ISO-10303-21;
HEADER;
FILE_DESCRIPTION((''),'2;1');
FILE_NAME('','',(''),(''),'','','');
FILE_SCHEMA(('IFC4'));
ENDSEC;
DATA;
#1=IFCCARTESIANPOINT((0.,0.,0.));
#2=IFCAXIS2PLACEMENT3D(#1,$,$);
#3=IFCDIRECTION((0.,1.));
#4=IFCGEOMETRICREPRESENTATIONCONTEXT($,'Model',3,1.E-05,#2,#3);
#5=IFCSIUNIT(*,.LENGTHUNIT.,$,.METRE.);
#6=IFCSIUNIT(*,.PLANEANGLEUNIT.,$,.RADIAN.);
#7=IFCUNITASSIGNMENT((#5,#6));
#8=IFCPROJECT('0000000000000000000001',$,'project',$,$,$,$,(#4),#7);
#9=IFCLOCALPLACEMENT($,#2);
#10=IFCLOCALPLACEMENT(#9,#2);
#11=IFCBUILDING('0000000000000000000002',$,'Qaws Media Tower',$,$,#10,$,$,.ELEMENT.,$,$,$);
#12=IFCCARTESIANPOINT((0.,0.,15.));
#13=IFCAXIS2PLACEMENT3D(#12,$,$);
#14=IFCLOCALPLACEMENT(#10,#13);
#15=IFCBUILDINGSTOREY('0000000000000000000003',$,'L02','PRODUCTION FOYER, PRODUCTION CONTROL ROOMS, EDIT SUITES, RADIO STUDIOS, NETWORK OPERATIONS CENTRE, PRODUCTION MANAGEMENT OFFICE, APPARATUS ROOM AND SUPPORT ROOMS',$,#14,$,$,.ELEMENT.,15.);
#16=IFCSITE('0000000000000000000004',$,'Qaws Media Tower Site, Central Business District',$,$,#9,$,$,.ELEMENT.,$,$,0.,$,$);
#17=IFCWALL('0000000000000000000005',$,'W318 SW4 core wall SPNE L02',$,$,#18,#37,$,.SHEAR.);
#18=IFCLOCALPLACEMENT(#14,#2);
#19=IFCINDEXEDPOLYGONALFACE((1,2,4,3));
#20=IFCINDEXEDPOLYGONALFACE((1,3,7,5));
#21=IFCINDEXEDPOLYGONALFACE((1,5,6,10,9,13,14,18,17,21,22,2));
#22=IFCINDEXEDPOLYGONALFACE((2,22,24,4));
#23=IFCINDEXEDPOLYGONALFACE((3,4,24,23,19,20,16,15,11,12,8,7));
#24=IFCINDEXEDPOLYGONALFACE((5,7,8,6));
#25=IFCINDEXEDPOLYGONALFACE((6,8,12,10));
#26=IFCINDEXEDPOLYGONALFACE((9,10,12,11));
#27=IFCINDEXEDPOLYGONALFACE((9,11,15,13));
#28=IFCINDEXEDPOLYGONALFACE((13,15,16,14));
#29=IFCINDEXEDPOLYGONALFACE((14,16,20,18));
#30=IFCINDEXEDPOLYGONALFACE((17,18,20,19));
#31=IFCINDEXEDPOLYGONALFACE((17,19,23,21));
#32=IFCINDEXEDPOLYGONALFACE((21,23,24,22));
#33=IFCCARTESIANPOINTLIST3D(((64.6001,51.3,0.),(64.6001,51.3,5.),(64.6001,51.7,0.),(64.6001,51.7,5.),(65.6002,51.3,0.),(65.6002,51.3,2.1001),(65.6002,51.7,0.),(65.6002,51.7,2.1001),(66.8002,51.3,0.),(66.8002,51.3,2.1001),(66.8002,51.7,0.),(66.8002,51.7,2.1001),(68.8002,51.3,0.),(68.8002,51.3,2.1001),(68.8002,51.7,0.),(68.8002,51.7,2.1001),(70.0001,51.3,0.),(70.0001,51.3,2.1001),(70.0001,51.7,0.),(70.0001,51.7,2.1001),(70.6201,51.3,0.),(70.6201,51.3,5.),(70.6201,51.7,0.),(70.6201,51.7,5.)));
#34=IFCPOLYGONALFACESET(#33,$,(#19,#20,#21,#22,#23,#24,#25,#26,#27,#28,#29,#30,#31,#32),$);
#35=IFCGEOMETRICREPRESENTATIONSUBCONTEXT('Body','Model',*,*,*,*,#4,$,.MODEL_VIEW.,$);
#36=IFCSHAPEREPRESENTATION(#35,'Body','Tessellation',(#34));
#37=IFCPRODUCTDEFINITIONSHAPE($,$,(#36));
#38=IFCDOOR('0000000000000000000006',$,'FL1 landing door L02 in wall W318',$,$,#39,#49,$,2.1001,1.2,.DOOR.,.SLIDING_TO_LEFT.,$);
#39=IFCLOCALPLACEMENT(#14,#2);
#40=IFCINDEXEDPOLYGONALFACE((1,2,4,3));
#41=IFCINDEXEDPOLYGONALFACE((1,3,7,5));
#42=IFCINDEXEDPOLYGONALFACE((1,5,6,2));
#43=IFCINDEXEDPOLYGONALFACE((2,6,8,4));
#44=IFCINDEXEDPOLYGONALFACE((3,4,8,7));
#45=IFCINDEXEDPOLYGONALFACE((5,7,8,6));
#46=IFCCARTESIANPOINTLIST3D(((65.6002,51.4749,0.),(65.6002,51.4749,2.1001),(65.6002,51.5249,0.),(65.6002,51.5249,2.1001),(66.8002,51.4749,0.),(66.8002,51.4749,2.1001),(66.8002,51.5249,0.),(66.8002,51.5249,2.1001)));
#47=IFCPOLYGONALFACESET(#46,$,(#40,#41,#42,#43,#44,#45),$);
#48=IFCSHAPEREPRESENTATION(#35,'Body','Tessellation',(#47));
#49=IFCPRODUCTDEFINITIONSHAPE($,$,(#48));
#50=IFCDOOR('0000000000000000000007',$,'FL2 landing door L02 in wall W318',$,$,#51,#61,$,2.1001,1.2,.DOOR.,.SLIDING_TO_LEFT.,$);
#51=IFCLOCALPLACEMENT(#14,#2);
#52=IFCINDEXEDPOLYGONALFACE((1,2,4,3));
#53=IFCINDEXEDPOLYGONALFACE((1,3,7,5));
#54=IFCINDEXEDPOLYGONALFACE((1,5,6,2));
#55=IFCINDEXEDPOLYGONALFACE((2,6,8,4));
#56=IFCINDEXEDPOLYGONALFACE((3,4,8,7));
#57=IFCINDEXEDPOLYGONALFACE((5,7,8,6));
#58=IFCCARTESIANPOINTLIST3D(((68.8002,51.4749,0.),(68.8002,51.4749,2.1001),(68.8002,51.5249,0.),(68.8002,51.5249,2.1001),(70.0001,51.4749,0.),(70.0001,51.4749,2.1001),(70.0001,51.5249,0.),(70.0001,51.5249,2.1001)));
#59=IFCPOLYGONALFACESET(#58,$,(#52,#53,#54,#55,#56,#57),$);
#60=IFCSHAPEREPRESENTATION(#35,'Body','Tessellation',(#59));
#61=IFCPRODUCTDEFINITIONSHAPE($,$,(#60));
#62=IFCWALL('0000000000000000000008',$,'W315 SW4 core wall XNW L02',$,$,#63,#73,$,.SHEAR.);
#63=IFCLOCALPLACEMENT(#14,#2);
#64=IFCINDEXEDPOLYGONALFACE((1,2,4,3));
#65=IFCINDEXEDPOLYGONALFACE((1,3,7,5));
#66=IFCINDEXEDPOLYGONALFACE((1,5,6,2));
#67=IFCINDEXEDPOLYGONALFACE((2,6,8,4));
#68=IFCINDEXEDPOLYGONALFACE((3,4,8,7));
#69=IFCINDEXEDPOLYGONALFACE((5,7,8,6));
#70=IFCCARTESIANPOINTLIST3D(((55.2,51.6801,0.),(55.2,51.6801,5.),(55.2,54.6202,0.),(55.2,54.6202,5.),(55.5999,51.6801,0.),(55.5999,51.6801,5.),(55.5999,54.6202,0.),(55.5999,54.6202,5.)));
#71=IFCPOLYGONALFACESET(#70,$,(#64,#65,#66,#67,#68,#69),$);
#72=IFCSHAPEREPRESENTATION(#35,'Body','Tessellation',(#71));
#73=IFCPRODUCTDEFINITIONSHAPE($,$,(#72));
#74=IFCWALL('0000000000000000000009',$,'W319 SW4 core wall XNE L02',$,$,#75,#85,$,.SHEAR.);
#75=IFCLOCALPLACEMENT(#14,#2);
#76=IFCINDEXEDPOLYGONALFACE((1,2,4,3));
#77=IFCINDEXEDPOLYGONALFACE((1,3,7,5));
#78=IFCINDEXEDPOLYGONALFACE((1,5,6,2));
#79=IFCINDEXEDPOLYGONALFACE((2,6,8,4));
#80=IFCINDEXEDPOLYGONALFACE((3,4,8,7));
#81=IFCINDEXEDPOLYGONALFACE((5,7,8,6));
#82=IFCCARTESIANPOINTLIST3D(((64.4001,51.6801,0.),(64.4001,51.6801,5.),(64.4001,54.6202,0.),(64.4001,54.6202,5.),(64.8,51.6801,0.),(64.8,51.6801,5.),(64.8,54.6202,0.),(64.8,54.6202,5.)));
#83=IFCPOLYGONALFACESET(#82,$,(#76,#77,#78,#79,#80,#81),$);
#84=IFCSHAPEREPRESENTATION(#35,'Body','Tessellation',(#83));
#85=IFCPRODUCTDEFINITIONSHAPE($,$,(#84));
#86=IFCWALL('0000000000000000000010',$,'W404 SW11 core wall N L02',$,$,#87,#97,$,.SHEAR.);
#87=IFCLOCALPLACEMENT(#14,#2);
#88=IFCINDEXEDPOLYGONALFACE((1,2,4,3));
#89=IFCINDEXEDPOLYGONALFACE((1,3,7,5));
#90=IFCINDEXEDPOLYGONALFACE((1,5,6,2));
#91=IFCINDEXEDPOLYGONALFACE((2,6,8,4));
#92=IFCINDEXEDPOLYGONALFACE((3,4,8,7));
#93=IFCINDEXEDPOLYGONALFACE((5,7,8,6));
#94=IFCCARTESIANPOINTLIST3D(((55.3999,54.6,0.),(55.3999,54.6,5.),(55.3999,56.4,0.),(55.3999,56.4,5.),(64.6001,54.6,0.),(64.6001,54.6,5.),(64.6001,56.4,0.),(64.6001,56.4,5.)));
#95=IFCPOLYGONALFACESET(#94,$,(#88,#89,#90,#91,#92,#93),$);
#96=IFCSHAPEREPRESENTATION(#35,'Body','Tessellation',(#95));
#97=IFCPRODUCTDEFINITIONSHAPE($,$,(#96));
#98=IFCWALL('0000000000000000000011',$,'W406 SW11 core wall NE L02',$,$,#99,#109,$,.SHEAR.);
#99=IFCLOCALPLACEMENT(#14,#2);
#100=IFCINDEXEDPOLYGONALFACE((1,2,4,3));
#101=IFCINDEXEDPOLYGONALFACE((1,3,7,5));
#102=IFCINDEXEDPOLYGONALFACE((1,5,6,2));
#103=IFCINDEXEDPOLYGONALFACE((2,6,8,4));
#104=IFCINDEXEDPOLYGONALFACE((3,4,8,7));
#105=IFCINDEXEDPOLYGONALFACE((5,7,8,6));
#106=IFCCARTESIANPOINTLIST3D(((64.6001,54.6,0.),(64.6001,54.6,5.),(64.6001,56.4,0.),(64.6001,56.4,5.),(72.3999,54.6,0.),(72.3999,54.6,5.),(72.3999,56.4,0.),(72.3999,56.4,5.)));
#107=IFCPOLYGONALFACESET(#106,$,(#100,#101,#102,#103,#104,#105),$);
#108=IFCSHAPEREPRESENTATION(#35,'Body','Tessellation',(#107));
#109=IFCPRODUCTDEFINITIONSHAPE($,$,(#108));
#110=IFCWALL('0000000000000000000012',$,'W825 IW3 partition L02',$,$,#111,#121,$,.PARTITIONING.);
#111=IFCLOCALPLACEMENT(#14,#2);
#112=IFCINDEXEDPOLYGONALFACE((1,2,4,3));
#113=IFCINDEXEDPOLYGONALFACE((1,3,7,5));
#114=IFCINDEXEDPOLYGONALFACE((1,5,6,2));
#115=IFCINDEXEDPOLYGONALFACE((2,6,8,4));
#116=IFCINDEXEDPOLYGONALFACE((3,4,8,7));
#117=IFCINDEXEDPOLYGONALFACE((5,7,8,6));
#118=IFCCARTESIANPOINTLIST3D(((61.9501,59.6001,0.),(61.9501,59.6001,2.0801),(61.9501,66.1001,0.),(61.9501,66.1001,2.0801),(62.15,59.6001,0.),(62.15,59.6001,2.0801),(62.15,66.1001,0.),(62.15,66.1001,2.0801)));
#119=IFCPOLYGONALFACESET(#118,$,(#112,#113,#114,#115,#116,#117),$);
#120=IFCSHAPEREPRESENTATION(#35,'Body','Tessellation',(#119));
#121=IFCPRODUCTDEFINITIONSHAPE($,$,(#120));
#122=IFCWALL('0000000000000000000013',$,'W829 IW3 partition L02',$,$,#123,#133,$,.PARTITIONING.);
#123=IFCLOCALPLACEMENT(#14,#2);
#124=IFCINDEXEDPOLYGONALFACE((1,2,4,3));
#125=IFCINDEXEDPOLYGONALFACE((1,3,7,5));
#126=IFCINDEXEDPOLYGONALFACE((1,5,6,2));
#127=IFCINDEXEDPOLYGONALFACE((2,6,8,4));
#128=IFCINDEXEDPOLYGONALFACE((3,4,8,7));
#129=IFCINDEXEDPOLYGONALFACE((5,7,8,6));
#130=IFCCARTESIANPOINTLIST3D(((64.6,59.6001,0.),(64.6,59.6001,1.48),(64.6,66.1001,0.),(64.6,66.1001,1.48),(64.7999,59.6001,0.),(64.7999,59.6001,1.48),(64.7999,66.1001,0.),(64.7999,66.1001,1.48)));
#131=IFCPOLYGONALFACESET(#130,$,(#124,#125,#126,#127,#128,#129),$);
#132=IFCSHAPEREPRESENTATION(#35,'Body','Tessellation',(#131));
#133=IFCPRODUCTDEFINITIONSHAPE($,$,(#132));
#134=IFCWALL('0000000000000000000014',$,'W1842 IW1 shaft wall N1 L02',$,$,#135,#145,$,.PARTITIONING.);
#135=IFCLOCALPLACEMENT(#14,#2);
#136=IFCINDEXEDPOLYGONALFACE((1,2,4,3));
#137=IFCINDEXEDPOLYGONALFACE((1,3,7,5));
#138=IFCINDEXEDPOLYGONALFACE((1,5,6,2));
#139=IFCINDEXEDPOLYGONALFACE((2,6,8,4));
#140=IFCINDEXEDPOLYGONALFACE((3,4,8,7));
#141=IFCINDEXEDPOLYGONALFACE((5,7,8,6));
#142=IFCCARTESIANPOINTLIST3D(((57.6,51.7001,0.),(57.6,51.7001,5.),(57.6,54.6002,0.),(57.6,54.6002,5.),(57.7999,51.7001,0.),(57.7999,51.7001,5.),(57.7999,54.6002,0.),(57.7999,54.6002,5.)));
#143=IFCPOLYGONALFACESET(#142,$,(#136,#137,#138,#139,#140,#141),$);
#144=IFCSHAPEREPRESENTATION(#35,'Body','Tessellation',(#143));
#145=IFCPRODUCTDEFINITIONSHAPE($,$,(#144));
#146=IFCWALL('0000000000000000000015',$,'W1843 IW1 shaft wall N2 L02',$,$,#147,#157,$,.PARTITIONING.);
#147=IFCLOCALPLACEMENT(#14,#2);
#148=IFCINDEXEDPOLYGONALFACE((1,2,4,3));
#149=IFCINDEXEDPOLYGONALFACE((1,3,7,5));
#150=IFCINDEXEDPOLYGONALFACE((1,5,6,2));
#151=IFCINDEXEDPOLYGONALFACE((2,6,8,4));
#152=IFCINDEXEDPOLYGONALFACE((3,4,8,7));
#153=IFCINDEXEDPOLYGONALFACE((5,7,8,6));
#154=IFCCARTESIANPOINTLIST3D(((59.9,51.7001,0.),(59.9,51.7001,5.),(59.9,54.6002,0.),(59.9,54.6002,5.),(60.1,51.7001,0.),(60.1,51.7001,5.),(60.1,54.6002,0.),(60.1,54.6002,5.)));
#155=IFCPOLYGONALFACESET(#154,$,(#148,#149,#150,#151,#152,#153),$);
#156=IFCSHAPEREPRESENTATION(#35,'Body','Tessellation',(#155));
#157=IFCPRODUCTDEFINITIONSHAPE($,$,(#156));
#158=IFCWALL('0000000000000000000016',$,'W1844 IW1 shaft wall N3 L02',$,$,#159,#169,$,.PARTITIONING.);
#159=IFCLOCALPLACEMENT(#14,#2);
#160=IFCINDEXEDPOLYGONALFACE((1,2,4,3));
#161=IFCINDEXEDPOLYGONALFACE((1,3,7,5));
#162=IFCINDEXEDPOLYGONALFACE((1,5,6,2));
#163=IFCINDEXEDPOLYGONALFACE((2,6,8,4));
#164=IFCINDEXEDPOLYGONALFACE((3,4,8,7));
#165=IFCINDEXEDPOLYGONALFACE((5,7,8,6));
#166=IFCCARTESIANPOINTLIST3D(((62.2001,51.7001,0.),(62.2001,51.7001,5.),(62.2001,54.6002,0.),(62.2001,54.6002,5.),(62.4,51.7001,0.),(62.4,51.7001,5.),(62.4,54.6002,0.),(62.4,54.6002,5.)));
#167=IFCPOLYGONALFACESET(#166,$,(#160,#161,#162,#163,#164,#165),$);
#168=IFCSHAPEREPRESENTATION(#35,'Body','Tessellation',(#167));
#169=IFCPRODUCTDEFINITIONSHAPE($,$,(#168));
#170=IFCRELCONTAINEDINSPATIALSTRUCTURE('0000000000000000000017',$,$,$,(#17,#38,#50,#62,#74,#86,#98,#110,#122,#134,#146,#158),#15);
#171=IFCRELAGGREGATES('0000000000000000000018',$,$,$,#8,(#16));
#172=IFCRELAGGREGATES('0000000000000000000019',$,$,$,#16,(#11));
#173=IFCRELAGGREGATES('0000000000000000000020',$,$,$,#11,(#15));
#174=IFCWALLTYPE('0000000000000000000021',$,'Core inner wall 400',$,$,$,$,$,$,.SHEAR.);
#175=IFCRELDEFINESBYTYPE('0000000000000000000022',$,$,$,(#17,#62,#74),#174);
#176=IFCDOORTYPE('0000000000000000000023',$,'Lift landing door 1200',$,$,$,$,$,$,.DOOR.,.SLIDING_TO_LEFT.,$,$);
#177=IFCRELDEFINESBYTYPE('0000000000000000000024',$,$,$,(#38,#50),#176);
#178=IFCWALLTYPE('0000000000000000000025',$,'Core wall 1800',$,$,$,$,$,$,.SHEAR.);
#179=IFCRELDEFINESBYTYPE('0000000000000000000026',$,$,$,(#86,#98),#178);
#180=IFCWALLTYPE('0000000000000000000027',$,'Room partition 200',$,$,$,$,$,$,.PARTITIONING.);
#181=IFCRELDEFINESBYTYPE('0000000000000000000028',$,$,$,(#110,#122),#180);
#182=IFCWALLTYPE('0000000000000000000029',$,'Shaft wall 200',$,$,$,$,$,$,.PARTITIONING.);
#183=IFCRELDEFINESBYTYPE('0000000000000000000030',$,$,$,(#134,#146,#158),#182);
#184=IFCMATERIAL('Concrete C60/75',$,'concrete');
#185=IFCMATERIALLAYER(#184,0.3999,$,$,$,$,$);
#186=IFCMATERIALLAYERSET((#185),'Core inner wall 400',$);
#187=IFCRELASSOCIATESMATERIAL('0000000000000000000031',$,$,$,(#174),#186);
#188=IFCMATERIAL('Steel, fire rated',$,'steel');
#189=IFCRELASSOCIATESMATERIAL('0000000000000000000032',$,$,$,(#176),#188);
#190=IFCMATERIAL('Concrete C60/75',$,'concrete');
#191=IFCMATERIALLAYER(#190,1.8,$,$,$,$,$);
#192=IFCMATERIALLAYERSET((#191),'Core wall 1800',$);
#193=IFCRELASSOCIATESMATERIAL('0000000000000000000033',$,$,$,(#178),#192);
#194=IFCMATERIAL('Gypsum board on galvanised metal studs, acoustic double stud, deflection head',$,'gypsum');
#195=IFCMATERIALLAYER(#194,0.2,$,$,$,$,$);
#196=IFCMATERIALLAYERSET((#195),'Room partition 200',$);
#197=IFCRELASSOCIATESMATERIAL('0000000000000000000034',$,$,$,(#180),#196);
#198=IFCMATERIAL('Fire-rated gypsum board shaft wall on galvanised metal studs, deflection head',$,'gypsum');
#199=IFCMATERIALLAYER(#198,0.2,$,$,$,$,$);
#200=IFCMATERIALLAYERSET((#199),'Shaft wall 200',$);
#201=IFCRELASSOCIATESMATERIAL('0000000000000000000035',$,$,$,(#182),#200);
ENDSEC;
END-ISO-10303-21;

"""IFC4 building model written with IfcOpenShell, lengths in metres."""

from ifc_helpers import new_model, si_unit, direction, frame, frame_2d, origin, place, context, subcontext, project, spatial, rectangle, extrude, material, layer, layer_set, type_object, element, fill, save


model = new_model("IFC4")

# Units and contexts
model_context = context("Model", 3, precision=1e-05, world=origin(), true_north=direction((0.0, 1.0)))
body_context = subcontext(model_context, "Body", "Model", "MODEL_VIEW")
ifc_project = project(units=[si_unit("LENGTHUNIT", "METRE"), si_unit("PLANEANGLEUNIT", "RADIAN")], contexts=[model_context])

# Site, building, storey
site_placement = place(None, origin())
site = spatial("IfcSite", under=ifc_project, at=site_placement, Name="Qaws Media Tower Site, Central Business District", CompositionType="ELEMENT", RefElevation=0.0)
building_placement = place(site_placement, origin())
building = spatial("IfcBuilding", under=site, at=building_placement, Name="Qaws Media Tower", CompositionType="ELEMENT")
storey_placement = place(building_placement, frame((0.0, 0.0, 15.0)))
storey = spatial("IfcBuildingStorey", under=building, at=storey_placement, Name="L02", Description="PRODUCTION FOYER, PRODUCTION CONTROL ROOMS, EDIT SUITES, RADIO STUDIOS, NETWORK OPERATIONS CENTRE, PRODUCTION MANAGEMENT OFFICE, APPARATUS ROOM AND SUPPORT ROOMS", CompositionType="ELEMENT", Elevation=15.0)

# Wall, openings, doors
ifc_material_1 = material(Name="Concrete C60/75", Category="concrete")
ifc_layer_1 = layer(ifc_material_1, 0.3999)
ifc_layer_set_1 = layer_set([ifc_layer_1], Name="Core inner wall 400")
wall_type_1 = type_object("IfcWallType", Name="Core inner wall 400", PredefinedType="SHEAR", material=ifc_layer_set_1)
wall_1_placement = place(storey_placement, frame((64.6001, 51.5, 0.0), z_axis=(0.0, 0.0, 1.0), x_axis=(1.0, 0.0, 0.0)))
wall_1 = element("IfcWall", 1, at=wall_1_placement, inside=storey, type_object=wall_type_1, Name="W318 SW4 core wall SPNE L02", PredefinedType="SHEAR", context=body_context, shape_type="SweptSolid", body=[
    extrude(rectangle(XDim=6.02, YDim=0.3999, at=frame_2d((3.01, 0.0))), origin(), (0.0, 0.0, 1.0), 5.0),
])
opening_1_placement = place(wall_1_placement, frame((1.0, 0.0, 0.0)))
opening_1 = element("IfcOpeningElement", 2, at=opening_1_placement, cuts=wall_1, PredefinedType="OPENING", context=body_context, shape_type="SweptSolid", body=[
    extrude(rectangle(XDim=1.2, YDim=2.1001, at=frame_2d((0.6001, 1.05))), frame((0.0, 0.21, 0.0), z_axis=(0.0, -1.0, 0.0), x_axis=(1.0, 0.0, 0.0)), (0.0, 0.0, 1.0), 0.4199),
])
opening_2_placement = place(wall_1_placement, frame((4.2, 0.0, 0.0)))
opening_2 = element("IfcOpeningElement", 3, at=opening_2_placement, cuts=wall_1, PredefinedType="OPENING", context=body_context, shape_type="SweptSolid", body=[
    extrude(rectangle(XDim=1.2, YDim=2.1001, at=frame_2d((0.6001, 1.05))), frame((0.0, 0.21, 0.0), z_axis=(0.0, -1.0, 0.0), x_axis=(1.0, 0.0, 0.0)), (0.0, 0.0, 1.0), 0.4199),
])
ifc_material_2 = material(Name="Steel, fire rated", Category="steel")
door_type_1 = type_object("IfcDoorType", Name="Lift landing door 1200", OperationType="SLIDING_TO_LEFT", PredefinedType="DOOR", material=ifc_material_2)
door_1_placement = place(opening_1_placement, origin())
door_1 = element("IfcDoor", 4, at=door_1_placement, inside=storey, type_object=door_type_1, Name="FL1 landing door L02 in wall W318", OperationType="SLIDING_TO_LEFT", OverallHeight=2.1001, OverallWidth=1.2, PredefinedType="DOOR", context=body_context, shape_type="SweptSolid", body=[
    extrude(rectangle(XDim=1.2, YDim=2.1001, at=frame_2d((0.6001, 1.05))), frame((0.0, 0.0249, 0.0), z_axis=(0.0, -1.0, 0.0), x_axis=(1.0, 0.0, 0.0)), (0.0, 0.0, 1.0), 0.05),
])
fill(opening_1, door_1)
door_2_placement = place(opening_2_placement, origin())
door_2 = element("IfcDoor", 5, at=door_2_placement, inside=storey, type_object=door_type_1, Name="FL2 landing door L02 in wall W318", OperationType="SLIDING_TO_LEFT", OverallHeight=2.1001, OverallWidth=1.2, PredefinedType="DOOR", context=body_context, shape_type="SweptSolid", body=[
    extrude(rectangle(XDim=1.2, YDim=2.1001, at=frame_2d((0.6001, 1.05))), frame((0.0, 0.0249, 0.0), z_axis=(0.0, -1.0, 0.0), x_axis=(1.0, 0.0, 0.0)), (0.0, 0.0, 1.0), 0.05),
])
fill(opening_2, door_2)

# Walls
for number, where, z_axis, x_axis, name in (
    (6, (55.3999, 51.6799, 0.0), (0.0, 0.0, 1.0), (0.0, 1.0, 0.0), "W315 SW4 core wall XNW L02"),
    (7, (64.6001, 51.6799, 0.0), (0.0, 0.0, 1.0), (0.0, 1.0, 0.0), "W319 SW4 core wall XNE L02"),
):
    element("IfcWall", number, at=place(storey_placement, frame(where, z_axis=z_axis, x_axis=x_axis)), inside=storey, type_object=wall_type_1, Name=name, PredefinedType="SHEAR", context=body_context, shape_type="SweptSolid", body=[
        extrude(rectangle(XDim=2.9402, YDim=0.3999, at=frame_2d((1.4702, 0.0))), origin(), (0.0, 0.0, 1.0), 5.0),
    ])
ifc_material_3 = material(Name="Concrete C60/75", Category="concrete")
ifc_layer_2 = layer(ifc_material_3, 1.8)
ifc_layer_set_2 = layer_set([ifc_layer_2], Name="Core wall 1800")
wall_type_2 = type_object("IfcWallType", Name="Core wall 1800", PredefinedType="SHEAR", material=ifc_layer_set_2)
wall_2_placement = place(storey_placement, frame((55.3999, 55.5, 0.0), z_axis=(0.0, 0.0, 1.0), x_axis=(1.0, 0.0, 0.0)))
element("IfcWall", 8, at=wall_2_placement, inside=storey, type_object=wall_type_2, Name="W404 SW11 core wall N L02", PredefinedType="SHEAR", context=body_context, shape_type="SweptSolid", body=[
    extrude(rectangle(XDim=9.2002, YDim=1.8, at=frame_2d((4.6001, 0.0))), origin(), (0.0, 0.0, 1.0), 5.0),
])
wall_3_placement = place(storey_placement, frame((64.6001, 55.5, 0.0), z_axis=(0.0, 0.0, 1.0), x_axis=(1.0, 0.0, 0.0)))
element("IfcWall", 9, at=wall_3_placement, inside=storey, type_object=wall_type_2, Name="W406 SW11 core wall NE L02", PredefinedType="SHEAR", context=body_context, shape_type="SweptSolid", body=[
    extrude(rectangle(XDim=7.7998, YDim=1.8, at=frame_2d((3.8999, 0.0))), origin(), (0.0, 0.0, 1.0), 5.0),
])
ifc_material_4 = material(Name="Gypsum board on galvanised metal studs, acoustic double stud, deflection head", Category="gypsum")
ifc_layer_3 = layer(ifc_material_4, 0.2)
ifc_layer_set_3 = layer_set([ifc_layer_3], Name="Room partition 200")
wall_type_3 = type_object("IfcWallType", Name="Room partition 200", PredefinedType="PARTITIONING", material=ifc_layer_set_3)
wall_4_placement = place(storey_placement, frame((62.05, 59.6001, 0.0), z_axis=(0.0, 0.0, 1.0), x_axis=(0.0, 1.0, 0.0)))
element("IfcWall", 10, at=wall_4_placement, inside=storey, type_object=wall_type_3, Name="W825 IW3 partition L02", PredefinedType="PARTITIONING", context=body_context, shape_type="SweptSolid", body=[
    extrude(rectangle(XDim=6.5, YDim=0.2, at=frame_2d((3.25, 0.0))), origin(), (0.0, 0.0, 1.0), 2.0801),
])
wall_5_placement = place(storey_placement, frame((64.7, 59.6001, 0.0), z_axis=(0.0, 0.0, 1.0), x_axis=(0.0, 1.0, 0.0)))
element("IfcWall", 11, at=wall_5_placement, inside=storey, type_object=wall_type_3, Name="W829 IW3 partition L02", PredefinedType="PARTITIONING", context=body_context, shape_type="SweptSolid", body=[
    extrude(rectangle(XDim=6.5, YDim=0.2, at=frame_2d((3.25, 0.0))), origin(), (0.0, 0.0, 1.0), 1.48),
])
ifc_material_5 = material(Name="Fire-rated gypsum board shaft wall on galvanised metal studs, deflection head", Category="gypsum")
ifc_layer_4 = layer(ifc_material_5, 0.2)
ifc_layer_set_4 = layer_set([ifc_layer_4], Name="Shaft wall 200")
wall_type_4 = type_object("IfcWallType", Name="Shaft wall 200", PredefinedType="PARTITIONING", material=ifc_layer_set_4)
for number, where, z_axis, x_axis, name in (
    (12, (57.7, 51.7, 0.0), (0.0, 0.0, 1.0), (0.0, 1.0, 0.0), "W1842 IW1 shaft wall N1 L02"),
    (13, (60.0, 51.7, 0.0), (0.0, 0.0, 1.0), (0.0, 1.0, 0.0), "W1843 IW1 shaft wall N2 L02"),
    (14, (62.3, 51.7, 0.0), (0.0, 0.0, 1.0), (0.0, 1.0, 0.0), "W1844 IW1 shaft wall N3 L02"),
):
    element("IfcWall", number, at=place(storey_placement, frame(where, z_axis=z_axis, x_axis=x_axis)), inside=storey, type_object=wall_type_4, Name=name, PredefinedType="PARTITIONING", context=body_context, shape_type="SweptSolid", body=[
        extrude(rectangle(XDim=2.9001, YDim=0.2, at=frame_2d((1.4502, 0.0))), origin(), (0.0, 0.0, 1.0), 5.0),
    ])

save(model, "model.ifc")
